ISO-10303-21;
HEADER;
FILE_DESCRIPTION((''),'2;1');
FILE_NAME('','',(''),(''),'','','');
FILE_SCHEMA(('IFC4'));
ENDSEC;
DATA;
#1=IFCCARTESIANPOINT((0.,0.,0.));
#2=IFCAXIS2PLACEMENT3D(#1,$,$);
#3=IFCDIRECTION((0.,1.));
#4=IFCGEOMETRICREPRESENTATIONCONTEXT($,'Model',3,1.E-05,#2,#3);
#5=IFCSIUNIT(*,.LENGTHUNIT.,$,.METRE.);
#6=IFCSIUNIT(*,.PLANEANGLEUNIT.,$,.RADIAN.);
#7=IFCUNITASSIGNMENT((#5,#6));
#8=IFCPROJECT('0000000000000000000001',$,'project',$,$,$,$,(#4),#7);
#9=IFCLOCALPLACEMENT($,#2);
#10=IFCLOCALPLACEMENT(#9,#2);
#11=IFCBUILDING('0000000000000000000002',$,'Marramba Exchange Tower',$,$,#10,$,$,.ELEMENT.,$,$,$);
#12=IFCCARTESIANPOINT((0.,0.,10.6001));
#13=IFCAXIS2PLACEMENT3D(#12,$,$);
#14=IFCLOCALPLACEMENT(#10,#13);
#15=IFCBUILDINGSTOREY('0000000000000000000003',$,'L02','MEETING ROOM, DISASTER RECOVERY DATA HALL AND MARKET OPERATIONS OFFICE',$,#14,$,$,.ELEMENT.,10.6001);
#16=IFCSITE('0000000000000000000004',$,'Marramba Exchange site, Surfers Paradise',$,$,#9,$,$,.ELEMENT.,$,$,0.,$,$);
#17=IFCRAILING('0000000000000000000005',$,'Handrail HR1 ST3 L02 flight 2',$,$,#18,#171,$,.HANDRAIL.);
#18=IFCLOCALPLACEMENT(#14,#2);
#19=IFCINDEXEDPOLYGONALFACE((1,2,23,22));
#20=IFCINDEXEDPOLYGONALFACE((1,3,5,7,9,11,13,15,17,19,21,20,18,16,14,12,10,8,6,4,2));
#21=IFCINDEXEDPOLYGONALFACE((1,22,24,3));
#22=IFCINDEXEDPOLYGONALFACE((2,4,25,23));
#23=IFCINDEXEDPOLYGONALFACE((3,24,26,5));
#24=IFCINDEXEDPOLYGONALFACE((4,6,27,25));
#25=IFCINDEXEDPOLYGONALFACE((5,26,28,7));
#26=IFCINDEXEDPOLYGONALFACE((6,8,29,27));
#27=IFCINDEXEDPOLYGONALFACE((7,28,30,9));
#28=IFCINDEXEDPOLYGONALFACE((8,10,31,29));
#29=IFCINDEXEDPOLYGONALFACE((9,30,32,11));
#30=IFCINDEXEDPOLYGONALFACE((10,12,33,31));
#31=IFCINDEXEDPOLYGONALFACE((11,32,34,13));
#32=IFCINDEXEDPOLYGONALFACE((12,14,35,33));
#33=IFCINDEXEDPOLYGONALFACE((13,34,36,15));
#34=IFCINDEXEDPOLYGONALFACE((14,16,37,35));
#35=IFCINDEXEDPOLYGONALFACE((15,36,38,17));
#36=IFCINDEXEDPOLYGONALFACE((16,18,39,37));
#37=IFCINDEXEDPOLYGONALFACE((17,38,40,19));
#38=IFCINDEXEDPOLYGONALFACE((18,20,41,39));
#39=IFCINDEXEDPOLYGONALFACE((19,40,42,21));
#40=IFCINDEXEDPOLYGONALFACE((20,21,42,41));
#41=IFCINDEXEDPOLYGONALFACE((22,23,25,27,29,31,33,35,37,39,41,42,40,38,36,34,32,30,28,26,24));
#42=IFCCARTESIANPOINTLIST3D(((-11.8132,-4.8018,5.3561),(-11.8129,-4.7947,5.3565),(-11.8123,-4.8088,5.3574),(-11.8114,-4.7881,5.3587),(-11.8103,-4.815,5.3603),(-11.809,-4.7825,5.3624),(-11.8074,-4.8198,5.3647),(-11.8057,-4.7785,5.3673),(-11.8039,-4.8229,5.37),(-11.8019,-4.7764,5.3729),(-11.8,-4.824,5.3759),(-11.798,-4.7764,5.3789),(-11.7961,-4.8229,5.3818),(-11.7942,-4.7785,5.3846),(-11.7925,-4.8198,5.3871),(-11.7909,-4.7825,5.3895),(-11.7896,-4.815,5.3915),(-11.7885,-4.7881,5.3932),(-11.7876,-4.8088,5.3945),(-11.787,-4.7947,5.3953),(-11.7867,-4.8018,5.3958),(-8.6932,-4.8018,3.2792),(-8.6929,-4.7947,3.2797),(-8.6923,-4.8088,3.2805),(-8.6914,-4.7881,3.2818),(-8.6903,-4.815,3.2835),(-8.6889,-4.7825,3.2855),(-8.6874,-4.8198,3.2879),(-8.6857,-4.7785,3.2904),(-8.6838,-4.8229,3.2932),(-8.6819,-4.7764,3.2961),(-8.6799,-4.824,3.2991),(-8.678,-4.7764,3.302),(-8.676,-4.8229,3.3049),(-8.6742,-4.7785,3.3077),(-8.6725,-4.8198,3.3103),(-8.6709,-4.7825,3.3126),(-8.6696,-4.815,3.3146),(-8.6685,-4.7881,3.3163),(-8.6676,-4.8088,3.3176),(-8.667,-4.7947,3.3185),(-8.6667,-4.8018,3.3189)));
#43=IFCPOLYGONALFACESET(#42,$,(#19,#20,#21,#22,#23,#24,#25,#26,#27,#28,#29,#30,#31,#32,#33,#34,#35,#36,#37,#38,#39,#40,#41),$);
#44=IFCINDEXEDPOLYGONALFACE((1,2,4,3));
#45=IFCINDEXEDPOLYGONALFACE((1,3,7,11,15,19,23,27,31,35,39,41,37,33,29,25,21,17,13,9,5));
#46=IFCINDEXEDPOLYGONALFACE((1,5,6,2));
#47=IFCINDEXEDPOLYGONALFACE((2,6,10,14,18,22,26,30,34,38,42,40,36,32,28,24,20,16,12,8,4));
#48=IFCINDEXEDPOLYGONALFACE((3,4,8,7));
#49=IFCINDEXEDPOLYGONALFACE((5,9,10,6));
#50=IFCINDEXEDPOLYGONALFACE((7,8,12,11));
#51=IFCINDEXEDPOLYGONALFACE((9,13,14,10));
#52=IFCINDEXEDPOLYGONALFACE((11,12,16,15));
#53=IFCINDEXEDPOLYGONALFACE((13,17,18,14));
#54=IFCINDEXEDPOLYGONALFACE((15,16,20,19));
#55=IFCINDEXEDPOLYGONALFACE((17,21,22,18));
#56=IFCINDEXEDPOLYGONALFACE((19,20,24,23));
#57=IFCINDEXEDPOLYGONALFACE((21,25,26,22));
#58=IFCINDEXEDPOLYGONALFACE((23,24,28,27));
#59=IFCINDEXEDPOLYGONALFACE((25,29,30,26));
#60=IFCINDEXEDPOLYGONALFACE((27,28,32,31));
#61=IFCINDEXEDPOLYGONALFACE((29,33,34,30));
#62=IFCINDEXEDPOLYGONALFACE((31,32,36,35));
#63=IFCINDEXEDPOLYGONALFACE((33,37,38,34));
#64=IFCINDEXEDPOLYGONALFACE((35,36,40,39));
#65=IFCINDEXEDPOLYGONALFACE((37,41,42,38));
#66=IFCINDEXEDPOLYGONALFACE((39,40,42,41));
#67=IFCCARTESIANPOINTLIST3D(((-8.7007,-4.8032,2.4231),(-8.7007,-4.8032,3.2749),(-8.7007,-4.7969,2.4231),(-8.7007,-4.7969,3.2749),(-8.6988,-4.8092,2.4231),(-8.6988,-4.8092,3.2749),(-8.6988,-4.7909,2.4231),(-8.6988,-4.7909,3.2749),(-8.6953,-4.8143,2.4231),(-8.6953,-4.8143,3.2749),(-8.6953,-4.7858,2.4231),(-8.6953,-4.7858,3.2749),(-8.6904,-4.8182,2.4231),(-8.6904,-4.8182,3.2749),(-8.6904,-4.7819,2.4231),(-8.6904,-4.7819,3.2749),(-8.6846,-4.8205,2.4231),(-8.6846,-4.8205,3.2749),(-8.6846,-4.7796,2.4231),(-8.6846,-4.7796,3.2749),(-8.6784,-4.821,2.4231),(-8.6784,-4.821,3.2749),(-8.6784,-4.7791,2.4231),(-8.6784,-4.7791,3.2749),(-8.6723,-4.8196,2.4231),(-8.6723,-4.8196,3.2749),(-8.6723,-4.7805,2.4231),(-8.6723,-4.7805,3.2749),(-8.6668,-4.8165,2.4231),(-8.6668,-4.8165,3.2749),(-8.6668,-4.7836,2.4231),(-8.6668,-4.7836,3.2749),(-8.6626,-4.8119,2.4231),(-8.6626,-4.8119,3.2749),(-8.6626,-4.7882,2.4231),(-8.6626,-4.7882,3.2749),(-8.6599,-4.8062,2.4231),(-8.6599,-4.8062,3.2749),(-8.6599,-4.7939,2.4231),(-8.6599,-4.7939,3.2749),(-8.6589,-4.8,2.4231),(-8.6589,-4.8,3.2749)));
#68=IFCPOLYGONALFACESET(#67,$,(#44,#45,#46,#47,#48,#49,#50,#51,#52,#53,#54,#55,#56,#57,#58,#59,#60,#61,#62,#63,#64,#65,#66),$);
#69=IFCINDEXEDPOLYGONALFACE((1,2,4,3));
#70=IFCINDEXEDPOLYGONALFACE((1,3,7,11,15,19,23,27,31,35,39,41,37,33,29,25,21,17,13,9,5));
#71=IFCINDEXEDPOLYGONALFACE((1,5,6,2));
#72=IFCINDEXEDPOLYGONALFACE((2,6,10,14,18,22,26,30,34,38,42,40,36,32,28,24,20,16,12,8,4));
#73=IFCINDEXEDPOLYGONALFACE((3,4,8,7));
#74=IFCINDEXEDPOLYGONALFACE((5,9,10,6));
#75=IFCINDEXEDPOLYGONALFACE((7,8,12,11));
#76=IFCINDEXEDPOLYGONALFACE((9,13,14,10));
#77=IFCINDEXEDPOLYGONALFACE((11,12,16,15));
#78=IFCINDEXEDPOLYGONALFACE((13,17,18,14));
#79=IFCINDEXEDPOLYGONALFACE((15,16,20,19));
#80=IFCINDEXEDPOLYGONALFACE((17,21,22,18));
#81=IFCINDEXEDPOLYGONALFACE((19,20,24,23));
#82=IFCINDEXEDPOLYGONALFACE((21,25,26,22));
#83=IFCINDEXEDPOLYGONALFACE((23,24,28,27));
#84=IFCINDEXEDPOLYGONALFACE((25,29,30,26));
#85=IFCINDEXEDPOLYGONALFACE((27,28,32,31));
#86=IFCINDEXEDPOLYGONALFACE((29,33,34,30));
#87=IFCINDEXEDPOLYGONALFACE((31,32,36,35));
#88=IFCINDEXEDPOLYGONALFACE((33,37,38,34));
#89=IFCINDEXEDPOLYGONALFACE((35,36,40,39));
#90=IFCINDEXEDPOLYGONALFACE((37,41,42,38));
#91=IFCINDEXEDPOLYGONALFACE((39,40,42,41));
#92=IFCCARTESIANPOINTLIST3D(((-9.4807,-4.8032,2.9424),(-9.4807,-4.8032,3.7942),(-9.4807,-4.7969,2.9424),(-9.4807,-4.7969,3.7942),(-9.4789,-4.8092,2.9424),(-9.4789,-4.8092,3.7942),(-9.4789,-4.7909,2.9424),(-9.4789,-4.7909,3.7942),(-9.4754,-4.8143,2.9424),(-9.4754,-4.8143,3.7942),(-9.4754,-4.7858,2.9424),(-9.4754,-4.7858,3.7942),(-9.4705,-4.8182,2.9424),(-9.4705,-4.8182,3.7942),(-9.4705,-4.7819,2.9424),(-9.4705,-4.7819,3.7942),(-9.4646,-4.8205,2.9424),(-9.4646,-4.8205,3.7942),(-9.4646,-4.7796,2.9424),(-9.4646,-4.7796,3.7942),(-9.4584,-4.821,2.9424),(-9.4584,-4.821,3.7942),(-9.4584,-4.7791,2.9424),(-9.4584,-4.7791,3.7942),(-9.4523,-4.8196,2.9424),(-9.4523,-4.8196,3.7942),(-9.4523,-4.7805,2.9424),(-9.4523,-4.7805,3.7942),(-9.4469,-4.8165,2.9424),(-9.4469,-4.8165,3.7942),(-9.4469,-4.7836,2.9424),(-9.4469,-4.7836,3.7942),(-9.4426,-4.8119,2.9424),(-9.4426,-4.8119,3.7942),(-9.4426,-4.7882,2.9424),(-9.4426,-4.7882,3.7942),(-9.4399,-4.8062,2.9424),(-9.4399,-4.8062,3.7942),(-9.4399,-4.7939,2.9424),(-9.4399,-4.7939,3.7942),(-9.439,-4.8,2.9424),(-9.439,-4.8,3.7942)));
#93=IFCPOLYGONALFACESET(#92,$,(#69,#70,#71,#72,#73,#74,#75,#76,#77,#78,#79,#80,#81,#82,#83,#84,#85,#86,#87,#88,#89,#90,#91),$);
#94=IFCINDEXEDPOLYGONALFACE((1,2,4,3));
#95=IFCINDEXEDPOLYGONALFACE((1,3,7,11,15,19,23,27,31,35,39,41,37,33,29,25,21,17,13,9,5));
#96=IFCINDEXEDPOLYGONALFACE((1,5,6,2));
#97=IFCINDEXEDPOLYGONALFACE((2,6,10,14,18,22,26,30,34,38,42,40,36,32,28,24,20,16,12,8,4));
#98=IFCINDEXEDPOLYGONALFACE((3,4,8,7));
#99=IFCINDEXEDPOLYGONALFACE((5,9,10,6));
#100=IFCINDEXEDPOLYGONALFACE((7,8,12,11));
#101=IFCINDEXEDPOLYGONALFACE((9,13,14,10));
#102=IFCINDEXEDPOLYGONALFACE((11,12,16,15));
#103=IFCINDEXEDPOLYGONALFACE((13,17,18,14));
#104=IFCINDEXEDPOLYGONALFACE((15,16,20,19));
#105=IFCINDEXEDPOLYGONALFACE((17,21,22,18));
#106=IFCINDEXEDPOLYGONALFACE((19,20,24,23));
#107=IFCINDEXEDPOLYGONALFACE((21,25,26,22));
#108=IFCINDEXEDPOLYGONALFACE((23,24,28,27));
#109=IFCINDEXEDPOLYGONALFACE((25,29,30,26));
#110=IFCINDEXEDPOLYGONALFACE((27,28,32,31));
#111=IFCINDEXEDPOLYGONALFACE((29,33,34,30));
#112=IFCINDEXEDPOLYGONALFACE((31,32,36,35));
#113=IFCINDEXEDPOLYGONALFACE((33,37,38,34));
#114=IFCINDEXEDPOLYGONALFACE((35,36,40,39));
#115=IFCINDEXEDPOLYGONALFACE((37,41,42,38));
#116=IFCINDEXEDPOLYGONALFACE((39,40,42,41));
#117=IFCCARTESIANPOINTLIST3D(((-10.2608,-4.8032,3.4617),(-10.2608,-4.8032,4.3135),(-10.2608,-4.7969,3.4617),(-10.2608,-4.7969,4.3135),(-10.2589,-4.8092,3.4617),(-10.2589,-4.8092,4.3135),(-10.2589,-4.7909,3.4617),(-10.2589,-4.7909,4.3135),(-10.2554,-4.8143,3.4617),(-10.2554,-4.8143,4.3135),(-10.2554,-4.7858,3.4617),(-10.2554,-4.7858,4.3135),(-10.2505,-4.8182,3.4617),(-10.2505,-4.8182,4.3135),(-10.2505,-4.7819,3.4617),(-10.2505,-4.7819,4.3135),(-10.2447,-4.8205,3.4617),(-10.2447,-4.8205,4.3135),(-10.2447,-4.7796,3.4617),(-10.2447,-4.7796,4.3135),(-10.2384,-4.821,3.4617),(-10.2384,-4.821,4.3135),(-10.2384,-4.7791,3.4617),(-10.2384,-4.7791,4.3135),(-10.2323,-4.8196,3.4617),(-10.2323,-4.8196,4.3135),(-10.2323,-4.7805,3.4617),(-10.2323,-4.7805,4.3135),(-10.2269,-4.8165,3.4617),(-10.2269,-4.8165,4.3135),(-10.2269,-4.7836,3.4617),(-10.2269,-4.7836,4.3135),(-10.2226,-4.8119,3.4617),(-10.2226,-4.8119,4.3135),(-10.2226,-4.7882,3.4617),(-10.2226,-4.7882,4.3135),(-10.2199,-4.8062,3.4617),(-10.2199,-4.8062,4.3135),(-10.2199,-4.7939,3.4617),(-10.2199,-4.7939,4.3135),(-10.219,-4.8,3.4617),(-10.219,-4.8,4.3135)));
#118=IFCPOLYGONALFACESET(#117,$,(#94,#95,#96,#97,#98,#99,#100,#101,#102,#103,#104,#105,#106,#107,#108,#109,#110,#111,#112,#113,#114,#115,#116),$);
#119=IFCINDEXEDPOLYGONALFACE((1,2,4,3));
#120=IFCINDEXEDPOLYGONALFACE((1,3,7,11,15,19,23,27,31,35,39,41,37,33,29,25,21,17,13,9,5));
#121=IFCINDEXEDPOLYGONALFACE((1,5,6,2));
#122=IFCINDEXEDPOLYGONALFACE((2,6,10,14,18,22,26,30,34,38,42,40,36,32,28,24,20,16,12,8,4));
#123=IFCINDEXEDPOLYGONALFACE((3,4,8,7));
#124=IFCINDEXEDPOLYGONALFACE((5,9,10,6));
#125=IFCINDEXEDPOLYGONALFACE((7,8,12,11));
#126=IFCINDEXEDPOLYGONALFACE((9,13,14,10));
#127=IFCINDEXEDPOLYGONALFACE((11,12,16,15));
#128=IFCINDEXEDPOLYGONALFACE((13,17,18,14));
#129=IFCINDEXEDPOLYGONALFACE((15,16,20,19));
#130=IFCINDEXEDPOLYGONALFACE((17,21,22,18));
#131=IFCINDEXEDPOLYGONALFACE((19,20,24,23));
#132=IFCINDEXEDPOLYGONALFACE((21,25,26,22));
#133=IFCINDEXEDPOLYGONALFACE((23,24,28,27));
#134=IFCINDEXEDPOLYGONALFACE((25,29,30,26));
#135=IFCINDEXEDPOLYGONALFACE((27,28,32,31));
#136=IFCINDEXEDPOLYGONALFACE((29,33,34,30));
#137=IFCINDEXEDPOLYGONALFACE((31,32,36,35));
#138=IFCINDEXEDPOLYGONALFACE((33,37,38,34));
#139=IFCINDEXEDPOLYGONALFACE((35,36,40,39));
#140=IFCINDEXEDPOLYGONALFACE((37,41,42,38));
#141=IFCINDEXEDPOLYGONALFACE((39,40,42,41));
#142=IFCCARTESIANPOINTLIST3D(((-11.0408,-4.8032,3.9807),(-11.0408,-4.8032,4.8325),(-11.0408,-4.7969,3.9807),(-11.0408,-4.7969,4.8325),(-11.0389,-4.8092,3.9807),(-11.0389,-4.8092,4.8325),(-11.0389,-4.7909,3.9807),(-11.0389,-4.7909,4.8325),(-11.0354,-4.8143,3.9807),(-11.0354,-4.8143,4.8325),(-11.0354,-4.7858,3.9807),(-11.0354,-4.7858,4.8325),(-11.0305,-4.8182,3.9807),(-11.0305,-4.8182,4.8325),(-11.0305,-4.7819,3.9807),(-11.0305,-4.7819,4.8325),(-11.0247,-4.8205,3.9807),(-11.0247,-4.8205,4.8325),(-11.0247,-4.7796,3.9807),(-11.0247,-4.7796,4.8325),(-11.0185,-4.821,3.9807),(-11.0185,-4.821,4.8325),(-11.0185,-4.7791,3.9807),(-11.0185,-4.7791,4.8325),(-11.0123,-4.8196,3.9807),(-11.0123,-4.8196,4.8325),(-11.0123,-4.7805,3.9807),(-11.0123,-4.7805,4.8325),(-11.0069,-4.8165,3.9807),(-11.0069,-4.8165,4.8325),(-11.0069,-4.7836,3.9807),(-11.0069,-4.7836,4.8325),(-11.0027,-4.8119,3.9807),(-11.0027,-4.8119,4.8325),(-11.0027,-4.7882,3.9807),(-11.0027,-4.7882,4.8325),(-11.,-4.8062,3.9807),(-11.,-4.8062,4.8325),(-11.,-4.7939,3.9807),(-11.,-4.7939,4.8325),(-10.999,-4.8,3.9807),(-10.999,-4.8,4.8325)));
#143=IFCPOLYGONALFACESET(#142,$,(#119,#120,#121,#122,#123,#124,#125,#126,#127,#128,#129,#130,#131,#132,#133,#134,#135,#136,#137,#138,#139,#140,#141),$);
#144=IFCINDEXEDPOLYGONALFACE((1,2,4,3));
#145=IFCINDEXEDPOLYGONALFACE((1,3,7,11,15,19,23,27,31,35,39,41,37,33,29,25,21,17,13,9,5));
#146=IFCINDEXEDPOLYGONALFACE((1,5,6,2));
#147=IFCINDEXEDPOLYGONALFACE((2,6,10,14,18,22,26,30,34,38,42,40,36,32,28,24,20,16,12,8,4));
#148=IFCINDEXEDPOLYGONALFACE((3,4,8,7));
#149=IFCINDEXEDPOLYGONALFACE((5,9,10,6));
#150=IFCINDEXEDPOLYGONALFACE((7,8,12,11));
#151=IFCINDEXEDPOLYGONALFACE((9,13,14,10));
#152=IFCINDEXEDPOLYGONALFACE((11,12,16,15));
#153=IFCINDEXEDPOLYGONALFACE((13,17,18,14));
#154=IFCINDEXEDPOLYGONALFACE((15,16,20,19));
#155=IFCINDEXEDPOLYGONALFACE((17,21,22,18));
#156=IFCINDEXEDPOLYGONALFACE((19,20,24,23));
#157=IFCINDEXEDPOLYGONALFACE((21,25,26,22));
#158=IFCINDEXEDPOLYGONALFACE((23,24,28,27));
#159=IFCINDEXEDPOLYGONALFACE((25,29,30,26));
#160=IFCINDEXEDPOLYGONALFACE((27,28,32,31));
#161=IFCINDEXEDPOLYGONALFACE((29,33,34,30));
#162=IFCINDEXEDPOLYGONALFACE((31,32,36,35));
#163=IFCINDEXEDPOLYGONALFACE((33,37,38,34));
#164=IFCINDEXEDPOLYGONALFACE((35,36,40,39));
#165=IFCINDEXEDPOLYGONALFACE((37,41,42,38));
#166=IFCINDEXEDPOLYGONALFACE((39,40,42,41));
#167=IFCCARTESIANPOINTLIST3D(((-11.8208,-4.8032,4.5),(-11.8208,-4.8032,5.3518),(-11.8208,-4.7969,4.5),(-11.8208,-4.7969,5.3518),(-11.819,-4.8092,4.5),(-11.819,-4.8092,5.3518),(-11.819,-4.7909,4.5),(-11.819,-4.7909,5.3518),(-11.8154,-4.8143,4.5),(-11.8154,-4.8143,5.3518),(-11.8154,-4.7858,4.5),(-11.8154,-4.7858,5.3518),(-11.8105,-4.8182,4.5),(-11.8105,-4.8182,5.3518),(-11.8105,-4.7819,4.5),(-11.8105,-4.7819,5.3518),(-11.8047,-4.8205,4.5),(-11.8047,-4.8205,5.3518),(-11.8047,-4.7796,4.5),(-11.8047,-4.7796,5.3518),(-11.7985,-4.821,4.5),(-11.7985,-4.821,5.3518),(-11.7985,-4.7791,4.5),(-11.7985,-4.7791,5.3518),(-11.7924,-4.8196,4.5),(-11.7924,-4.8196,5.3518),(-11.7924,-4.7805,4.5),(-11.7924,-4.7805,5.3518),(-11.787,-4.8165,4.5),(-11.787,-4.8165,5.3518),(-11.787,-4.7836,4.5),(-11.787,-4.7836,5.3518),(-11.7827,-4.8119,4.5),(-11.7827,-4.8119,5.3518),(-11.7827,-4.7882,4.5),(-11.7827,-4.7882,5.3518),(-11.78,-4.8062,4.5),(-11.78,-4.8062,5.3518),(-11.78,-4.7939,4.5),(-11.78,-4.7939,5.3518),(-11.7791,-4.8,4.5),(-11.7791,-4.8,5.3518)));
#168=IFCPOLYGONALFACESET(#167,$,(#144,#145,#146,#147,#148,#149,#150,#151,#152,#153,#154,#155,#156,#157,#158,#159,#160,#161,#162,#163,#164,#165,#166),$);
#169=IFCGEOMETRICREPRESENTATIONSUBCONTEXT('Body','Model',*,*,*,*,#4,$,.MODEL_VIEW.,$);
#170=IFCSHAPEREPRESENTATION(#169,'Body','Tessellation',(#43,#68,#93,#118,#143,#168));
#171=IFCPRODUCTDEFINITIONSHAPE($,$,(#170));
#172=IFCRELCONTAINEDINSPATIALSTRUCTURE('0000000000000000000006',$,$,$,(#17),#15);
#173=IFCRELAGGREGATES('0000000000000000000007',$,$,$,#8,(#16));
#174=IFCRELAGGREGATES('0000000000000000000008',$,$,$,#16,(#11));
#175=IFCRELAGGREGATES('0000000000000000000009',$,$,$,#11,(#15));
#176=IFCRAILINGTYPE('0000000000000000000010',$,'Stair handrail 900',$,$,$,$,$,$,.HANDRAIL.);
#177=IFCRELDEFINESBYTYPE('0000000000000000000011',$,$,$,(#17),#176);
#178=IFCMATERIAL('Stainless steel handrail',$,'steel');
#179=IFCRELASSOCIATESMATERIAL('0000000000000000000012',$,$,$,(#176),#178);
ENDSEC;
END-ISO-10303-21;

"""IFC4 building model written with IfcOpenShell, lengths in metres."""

from ifc_helpers import new_model, si_unit, direction, frame, origin, origin_2d, place, context, subcontext, project, spatial, circle, extrude, material, type_object, element, save


model = new_model("IFC4")

# Units and contexts
model_context = context("Model", 3, precision=1e-05, world=origin(), true_north=direction((0.0, 1.0)))
body_context = subcontext(model_context, "Body", "Model", "MODEL_VIEW")
ifc_project = project(units=[si_unit("LENGTHUNIT", "METRE"), si_unit("PLANEANGLEUNIT", "RADIAN")], contexts=[model_context])

# Site, building, storey
site_placement = place(None, origin())
site = spatial("IfcSite", under=ifc_project, at=site_placement, Name="Marramba Exchange site, Surfers Paradise", CompositionType="ELEMENT", RefElevation=0.0)
building_placement = place(site_placement, origin())
building = spatial("IfcBuilding", under=site, at=building_placement, Name="Marramba Exchange Tower", CompositionType="ELEMENT")
storey_placement = place(building_placement, frame((0.0, 0.0, 10.6001)))
storey = spatial("IfcBuildingStorey", under=building, at=storey_placement, Name="L02", Description="MEETING ROOM, DISASTER RECOVERY DATA HALL AND MARKET OPERATIONS OFFICE", CompositionType="ELEMENT", Elevation=10.6001)

# Railing
ifc_material_1 = material(Name="Stainless steel handrail", Category="steel")
railing_type_1 = type_object("IfcRailingType", Name="Stair handrail 900", PredefinedType="HANDRAIL", material=ifc_material_1)
railing_1_placement = place(storey_placement, frame((-8.6799, -4.8, 2.4231)))
element("IfcRailing", 1, at=railing_1_placement, inside=storey, type_object=railing_type_1, Name="Handrail HR1 ST3 L02 flight 2", PredefinedType="HANDRAIL", context=body_context, shape_type="SweptSolid", body=[
    extrude(circle(Radius=0.0239, at=origin_2d()), frame((0.0, 0.0, 0.876), z_axis=(-0.832441, 0.0, 0.554114), x_axis=(0.0, -1.0, 0.0)), (0.0, 0.0, 1.0), 3.748),
    extrude(circle(Radius=0.021, at=origin_2d()), origin(), (0.0, 0.0, 1.0), 0.8518),
    extrude(circle(Radius=0.021, at=origin_2d()), frame((-0.78, 0.0, 0.5193)), (0.0, 0.0, 1.0), 0.8518),
    extrude(circle(Radius=0.021, at=origin_2d()), frame((-1.5601, 0.0, 1.0386)), (0.0, 0.0, 1.0), 0.8518),
    extrude(circle(Radius=0.021, at=origin_2d()), frame((-2.3401, 0.0, 1.5576)), (0.0, 0.0, 1.0), 0.8518),
    extrude(circle(Radius=0.021, at=origin_2d()), frame((-3.1201, 0.0, 2.0769)), (0.0, 0.0, 1.0), 0.8518),
])

save(model, "model.ifc")
